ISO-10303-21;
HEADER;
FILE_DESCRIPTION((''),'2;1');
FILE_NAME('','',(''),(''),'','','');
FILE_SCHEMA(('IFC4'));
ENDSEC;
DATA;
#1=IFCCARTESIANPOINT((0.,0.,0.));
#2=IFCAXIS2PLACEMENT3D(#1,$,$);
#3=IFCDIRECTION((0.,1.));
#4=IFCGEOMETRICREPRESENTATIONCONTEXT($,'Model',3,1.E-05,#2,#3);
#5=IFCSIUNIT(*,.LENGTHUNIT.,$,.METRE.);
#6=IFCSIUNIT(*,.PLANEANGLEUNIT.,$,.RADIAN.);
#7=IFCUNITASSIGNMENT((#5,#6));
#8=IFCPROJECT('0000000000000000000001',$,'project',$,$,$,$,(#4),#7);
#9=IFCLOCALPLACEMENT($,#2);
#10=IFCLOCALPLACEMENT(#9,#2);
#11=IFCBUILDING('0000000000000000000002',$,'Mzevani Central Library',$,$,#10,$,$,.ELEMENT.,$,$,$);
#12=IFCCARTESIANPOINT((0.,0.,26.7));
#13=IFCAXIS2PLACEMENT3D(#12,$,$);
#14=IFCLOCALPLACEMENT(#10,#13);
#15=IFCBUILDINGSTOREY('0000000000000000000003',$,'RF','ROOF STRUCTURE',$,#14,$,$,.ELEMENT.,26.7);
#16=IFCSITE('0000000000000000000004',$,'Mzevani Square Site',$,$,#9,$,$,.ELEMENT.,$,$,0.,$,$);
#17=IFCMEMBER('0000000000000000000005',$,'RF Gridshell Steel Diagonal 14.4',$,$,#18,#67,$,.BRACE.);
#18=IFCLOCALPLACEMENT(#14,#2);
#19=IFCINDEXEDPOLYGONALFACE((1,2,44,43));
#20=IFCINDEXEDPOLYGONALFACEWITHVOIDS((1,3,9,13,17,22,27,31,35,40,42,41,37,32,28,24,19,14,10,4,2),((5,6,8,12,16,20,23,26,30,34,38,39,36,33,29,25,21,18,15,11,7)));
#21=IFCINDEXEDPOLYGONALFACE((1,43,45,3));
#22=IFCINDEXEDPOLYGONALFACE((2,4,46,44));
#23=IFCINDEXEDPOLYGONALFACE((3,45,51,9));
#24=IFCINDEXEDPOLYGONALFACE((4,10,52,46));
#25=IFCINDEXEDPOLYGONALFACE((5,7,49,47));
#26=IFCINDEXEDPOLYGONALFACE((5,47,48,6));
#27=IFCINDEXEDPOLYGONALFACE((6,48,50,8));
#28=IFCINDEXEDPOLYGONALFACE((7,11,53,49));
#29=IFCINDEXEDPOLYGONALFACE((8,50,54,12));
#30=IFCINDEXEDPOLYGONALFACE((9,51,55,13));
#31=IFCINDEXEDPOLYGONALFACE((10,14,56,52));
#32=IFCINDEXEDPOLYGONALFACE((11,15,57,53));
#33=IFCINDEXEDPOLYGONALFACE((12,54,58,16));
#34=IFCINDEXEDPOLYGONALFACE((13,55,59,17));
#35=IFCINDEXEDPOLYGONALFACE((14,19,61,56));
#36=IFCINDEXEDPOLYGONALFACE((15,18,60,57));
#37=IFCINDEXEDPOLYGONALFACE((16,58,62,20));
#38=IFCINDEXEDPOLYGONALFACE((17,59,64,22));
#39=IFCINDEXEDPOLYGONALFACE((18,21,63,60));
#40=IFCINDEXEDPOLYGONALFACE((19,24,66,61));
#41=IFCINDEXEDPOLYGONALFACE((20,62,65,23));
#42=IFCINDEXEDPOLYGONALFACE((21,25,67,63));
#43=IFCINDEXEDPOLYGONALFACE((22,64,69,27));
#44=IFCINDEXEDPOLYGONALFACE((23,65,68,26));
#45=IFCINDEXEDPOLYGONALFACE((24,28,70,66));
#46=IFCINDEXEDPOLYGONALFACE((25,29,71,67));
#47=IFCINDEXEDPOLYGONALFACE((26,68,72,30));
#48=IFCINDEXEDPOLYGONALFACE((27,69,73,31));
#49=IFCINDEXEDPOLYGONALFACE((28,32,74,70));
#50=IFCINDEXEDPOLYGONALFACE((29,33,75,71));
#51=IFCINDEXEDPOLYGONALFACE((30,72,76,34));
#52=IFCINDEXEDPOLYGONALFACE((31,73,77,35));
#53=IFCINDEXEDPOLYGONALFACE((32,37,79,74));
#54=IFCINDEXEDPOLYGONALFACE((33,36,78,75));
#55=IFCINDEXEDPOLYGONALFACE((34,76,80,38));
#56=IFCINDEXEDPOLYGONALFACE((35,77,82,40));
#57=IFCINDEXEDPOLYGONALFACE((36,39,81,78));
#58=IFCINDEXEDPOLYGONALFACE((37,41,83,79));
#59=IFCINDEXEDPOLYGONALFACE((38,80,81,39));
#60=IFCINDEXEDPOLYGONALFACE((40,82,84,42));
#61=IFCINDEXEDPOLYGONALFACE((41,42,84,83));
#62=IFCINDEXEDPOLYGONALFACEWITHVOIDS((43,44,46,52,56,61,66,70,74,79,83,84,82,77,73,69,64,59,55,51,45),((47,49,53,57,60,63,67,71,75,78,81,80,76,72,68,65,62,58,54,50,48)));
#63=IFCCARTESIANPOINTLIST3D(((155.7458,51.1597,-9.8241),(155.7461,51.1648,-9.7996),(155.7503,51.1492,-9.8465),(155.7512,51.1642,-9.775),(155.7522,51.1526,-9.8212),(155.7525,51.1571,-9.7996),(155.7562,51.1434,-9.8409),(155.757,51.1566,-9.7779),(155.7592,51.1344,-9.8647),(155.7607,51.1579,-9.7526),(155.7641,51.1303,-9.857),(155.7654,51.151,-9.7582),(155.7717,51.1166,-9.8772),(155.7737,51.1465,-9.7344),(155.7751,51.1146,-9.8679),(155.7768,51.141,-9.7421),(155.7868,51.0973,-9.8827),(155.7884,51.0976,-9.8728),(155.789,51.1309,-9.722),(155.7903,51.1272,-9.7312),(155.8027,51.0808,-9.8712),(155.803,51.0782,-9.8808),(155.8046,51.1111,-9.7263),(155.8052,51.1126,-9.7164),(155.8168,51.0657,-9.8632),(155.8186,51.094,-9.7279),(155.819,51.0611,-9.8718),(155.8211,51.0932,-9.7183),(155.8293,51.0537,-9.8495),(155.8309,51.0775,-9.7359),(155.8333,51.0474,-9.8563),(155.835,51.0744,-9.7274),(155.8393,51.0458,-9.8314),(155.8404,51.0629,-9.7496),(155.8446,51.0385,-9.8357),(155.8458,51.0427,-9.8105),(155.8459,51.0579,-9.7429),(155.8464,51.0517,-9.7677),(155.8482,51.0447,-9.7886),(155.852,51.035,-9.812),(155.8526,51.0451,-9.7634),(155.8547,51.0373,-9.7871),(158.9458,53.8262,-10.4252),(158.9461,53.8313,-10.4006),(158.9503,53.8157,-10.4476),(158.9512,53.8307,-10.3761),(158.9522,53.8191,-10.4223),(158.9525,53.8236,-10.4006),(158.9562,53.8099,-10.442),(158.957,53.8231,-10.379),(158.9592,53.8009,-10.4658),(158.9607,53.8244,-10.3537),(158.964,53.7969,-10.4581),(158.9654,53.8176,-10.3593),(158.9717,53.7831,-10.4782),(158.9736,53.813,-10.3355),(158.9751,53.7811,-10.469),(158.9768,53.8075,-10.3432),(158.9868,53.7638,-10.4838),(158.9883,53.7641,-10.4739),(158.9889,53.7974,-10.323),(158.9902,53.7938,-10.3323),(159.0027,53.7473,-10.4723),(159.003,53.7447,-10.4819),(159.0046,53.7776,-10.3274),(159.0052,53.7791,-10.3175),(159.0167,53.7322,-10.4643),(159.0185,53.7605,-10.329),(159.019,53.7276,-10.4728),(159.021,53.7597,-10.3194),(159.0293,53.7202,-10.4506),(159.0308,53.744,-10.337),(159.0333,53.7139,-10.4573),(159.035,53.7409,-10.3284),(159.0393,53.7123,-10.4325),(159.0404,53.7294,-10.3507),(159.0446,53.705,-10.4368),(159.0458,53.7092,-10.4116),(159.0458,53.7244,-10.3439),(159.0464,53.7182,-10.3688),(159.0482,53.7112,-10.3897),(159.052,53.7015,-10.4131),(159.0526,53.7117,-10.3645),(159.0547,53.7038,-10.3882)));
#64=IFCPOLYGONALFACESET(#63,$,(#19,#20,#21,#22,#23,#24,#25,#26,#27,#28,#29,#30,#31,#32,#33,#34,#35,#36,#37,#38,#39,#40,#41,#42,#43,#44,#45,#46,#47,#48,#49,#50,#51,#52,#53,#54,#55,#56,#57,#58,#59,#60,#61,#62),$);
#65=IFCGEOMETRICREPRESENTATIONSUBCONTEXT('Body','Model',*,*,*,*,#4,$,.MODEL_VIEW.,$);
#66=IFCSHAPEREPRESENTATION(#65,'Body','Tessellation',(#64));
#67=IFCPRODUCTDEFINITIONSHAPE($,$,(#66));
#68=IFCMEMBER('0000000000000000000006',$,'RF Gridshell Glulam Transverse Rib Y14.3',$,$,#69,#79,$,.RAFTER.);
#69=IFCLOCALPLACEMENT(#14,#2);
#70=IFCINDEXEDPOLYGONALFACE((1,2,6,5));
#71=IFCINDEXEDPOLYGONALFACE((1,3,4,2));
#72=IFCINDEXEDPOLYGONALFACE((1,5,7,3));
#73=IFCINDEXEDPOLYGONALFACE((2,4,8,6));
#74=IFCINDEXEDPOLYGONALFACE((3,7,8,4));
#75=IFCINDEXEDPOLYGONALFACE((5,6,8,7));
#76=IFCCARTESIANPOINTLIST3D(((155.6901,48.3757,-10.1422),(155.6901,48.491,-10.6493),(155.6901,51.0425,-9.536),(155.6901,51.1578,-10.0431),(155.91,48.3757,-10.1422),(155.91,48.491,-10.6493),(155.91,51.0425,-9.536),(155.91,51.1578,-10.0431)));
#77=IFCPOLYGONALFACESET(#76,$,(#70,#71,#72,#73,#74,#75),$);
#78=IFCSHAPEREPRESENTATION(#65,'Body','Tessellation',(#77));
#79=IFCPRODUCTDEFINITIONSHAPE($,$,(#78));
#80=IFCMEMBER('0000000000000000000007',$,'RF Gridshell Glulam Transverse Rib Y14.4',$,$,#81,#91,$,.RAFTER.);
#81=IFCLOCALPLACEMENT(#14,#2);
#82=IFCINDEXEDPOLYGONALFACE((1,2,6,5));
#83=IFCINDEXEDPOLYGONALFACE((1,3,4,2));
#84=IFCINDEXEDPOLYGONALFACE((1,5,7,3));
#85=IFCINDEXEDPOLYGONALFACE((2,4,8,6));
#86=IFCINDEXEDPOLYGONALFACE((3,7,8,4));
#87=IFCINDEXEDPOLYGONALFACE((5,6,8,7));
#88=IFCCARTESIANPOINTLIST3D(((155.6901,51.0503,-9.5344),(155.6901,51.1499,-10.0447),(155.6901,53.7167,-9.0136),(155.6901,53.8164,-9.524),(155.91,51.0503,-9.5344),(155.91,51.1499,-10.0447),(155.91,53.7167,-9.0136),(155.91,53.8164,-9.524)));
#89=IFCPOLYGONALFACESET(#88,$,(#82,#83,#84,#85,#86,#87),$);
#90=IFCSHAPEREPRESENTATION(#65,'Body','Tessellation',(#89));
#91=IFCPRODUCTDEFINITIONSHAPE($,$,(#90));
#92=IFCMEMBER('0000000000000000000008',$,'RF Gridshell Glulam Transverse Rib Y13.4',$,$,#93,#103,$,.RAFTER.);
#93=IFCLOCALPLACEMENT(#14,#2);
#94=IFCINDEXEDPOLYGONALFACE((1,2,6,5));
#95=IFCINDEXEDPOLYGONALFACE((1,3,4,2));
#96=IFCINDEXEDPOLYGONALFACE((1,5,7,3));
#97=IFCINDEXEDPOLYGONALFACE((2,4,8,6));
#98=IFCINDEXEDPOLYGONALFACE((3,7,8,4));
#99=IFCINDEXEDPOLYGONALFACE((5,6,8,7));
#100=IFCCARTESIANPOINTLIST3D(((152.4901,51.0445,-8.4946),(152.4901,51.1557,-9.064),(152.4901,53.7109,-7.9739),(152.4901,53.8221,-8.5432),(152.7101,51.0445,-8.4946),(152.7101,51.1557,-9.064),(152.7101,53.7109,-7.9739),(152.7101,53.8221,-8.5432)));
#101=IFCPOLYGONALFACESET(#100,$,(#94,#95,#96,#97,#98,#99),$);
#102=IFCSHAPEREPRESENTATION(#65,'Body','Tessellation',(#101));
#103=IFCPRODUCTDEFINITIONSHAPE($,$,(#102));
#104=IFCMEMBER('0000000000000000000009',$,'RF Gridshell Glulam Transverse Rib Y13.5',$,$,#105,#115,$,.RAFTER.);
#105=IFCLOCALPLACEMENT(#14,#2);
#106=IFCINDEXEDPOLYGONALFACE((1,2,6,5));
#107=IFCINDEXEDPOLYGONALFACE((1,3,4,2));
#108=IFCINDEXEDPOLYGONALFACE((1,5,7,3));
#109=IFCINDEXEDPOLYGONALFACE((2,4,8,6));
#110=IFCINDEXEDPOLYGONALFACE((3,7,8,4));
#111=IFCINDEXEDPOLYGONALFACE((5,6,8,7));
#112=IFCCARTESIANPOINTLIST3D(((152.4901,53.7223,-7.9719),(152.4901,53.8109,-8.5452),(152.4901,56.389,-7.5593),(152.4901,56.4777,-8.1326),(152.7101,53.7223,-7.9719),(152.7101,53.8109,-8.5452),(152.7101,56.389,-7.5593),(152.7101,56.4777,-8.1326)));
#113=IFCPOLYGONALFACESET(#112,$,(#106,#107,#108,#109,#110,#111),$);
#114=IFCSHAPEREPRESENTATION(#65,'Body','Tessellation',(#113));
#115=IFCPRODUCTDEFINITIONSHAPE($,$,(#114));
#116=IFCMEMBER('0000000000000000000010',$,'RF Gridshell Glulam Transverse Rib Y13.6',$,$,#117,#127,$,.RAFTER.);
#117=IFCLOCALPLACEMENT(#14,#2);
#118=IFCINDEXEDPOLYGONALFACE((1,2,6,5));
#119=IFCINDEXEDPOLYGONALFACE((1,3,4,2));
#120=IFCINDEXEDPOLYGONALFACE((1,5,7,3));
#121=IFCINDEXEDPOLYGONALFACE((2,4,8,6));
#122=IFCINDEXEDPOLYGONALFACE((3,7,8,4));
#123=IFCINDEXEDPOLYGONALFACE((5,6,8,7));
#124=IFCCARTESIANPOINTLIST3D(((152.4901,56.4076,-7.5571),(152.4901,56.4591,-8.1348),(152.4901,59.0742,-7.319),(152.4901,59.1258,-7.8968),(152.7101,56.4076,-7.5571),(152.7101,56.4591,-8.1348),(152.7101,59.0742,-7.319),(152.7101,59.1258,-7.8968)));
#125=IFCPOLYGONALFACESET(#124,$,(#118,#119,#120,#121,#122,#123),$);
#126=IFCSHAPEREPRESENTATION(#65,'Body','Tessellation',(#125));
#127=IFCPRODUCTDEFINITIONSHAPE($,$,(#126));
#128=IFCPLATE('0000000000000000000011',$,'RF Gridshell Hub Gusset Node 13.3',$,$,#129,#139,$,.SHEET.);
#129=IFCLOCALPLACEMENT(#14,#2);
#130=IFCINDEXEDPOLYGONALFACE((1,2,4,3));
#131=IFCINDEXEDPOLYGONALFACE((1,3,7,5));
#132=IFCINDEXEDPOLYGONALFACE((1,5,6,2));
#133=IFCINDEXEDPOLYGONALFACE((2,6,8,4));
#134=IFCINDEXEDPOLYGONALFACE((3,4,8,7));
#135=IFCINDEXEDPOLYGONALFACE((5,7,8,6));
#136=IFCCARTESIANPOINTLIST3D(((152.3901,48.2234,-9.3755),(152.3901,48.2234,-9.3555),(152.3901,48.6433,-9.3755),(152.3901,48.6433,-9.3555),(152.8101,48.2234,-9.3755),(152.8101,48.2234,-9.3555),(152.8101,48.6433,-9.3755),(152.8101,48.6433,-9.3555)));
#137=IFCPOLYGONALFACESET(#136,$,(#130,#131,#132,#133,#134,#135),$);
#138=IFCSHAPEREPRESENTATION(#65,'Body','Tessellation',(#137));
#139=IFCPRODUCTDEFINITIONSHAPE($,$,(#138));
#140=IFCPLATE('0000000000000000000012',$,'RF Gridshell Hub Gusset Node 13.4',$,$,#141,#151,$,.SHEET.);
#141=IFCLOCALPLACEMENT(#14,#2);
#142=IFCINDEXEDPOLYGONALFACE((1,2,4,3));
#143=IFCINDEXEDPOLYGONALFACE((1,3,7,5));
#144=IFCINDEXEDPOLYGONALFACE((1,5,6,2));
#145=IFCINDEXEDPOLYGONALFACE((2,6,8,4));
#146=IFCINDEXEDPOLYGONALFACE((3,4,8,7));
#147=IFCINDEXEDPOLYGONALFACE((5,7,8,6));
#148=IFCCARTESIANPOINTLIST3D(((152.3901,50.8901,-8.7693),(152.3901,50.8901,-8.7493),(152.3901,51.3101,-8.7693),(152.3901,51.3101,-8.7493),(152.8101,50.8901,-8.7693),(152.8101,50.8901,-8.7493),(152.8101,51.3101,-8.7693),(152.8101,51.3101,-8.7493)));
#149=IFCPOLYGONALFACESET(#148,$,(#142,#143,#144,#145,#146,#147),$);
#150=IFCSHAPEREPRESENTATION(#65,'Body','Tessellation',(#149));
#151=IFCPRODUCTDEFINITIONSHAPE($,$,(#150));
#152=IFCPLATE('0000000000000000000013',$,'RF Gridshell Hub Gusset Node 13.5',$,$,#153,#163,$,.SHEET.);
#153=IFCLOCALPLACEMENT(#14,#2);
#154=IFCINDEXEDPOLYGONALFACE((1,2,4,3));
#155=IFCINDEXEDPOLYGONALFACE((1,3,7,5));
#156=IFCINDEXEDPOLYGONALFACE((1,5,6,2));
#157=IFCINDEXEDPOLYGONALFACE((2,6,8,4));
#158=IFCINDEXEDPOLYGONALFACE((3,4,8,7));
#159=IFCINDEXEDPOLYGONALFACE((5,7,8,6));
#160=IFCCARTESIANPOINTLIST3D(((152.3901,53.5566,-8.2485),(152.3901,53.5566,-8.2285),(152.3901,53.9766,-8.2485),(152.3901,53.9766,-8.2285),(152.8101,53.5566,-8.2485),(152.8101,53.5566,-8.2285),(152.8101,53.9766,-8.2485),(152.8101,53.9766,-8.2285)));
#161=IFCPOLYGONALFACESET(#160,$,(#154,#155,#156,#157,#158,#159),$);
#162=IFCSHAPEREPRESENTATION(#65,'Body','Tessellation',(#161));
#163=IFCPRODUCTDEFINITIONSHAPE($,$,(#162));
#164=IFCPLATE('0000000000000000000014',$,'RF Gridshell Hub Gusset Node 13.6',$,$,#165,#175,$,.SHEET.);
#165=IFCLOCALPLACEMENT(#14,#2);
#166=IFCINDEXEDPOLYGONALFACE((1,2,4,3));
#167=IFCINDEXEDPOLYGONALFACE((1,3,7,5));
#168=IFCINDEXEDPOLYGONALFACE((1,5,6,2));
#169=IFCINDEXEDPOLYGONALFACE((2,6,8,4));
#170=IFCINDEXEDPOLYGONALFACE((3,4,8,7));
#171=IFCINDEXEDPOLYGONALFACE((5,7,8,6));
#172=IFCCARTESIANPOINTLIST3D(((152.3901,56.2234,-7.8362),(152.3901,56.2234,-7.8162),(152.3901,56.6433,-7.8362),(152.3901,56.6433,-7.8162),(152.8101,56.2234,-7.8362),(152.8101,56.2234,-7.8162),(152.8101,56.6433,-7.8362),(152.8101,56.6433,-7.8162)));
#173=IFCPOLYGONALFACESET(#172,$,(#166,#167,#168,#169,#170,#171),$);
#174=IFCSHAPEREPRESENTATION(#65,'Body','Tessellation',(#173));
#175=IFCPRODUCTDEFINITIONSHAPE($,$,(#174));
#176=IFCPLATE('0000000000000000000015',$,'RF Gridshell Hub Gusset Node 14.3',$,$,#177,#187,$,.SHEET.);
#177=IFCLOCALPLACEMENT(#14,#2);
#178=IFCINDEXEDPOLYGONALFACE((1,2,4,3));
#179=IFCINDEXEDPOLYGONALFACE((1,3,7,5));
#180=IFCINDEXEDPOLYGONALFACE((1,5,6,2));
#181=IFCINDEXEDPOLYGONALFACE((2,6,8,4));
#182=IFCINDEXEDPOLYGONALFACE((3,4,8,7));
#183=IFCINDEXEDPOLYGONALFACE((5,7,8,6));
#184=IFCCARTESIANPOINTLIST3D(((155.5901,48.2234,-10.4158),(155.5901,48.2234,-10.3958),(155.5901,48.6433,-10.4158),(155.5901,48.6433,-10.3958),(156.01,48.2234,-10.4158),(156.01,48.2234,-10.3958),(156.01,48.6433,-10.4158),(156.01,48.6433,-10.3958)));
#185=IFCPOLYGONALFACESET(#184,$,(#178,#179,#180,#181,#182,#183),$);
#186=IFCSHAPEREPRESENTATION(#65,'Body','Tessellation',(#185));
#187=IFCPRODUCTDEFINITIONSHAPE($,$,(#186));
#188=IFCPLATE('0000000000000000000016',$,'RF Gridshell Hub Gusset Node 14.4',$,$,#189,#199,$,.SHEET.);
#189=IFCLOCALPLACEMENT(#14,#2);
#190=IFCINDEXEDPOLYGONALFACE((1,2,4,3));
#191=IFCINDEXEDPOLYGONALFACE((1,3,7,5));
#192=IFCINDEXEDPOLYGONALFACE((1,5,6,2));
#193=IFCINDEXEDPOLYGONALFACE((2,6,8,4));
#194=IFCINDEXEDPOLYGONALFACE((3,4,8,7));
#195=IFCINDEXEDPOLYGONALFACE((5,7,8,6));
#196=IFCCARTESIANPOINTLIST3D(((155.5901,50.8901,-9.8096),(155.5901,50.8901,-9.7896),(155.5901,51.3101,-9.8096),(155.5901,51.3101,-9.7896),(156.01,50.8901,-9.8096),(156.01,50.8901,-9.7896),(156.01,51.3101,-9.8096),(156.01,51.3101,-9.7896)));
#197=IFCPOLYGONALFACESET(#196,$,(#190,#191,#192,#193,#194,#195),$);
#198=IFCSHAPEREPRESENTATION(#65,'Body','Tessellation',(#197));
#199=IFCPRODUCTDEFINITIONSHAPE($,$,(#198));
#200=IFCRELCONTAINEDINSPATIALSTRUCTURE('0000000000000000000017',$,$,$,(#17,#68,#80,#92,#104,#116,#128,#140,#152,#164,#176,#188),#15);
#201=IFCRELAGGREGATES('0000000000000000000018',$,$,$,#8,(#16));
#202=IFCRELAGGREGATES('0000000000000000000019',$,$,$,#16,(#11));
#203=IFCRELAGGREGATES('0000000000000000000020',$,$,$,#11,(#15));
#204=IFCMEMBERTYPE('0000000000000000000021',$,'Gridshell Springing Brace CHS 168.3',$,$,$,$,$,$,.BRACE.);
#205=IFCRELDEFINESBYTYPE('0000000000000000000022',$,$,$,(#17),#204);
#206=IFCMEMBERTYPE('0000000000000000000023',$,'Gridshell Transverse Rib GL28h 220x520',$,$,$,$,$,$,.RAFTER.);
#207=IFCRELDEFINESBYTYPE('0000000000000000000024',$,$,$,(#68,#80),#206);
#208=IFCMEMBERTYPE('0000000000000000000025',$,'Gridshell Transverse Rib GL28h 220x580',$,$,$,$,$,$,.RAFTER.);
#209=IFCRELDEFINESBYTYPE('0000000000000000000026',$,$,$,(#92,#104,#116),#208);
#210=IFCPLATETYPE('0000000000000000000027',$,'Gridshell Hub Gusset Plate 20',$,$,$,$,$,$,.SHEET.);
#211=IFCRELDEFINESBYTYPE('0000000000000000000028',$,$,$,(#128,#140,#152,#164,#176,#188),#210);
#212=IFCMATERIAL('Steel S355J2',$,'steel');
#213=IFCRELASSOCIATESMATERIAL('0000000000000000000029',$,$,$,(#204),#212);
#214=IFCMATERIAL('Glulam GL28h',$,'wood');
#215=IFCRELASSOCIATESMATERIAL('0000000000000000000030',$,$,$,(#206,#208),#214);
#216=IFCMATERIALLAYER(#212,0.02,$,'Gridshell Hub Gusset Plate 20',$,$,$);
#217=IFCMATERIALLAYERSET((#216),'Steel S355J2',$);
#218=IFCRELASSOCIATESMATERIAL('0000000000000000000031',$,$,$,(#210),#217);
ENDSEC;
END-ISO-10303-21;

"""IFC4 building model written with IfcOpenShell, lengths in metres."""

from ifc_helpers import new_model, si_unit, direction, frame, origin, origin_2d, place, context, subcontext, project, spatial, rectangle, hollow_circle, extrude, material, layer, layer_set, material_profile, profile_set, type_object, element, save


model = new_model("IFC4")

# Units and contexts
model_context = context("Model", 3, precision=1e-05, world=origin(), true_north=direction((0.0, 1.0)))
body_context = subcontext(model_context, "Body", "Model", "MODEL_VIEW")
ifc_project = project(units=[si_unit("LENGTHUNIT", "METRE"), si_unit("PLANEANGLEUNIT", "RADIAN")], contexts=[model_context])

# Site, building, storey
site_placement = place(None, origin())
site = spatial("IfcSite", under=ifc_project, at=site_placement, Name="Mzevani Square Site", CompositionType="ELEMENT", RefElevation=0.0)
building_placement = place(site_placement, origin())
building = spatial("IfcBuilding", under=site, at=building_placement, Name="Mzevani Central Library", CompositionType="ELEMENT")
storey_placement = place(building_placement, frame((0.0, 0.0, 26.7)))
storey = spatial("IfcBuildingStorey", under=building, at=storey_placement, Name="RF", Description="ROOF STRUCTURE", CompositionType="ELEMENT", Elevation=26.7)

# Members
ifc_material_1 = material(Name="Steel S355J2", Category="steel")
ifc_material_2 = material(Name="Glulam GL28h", Category="wood")
ifc_material_profile_1 = material_profile(ifc_material_1, hollow_circle(Radius=0.0842, WallThickness=0.01, at=origin_2d()), Name="CHS 168.3x10.0")
ifc_profile_set_1 = profile_set([ifc_material_profile_1], Name="Steel S355J2")
member_type_1 = type_object("IfcMemberType", Name="Gridshell Springing Brace CHS 168.3", PredefinedType="BRACE", material=ifc_profile_set_1)
member_1_placement = place(storey_placement, frame((155.8, 51.1001, -9.7996), z_axis=(0.76036, 0.633604, -0.142825), x_axis=(-0.640167, 0.768236, 0.0)))
element("IfcMember", 1, at=member_1_placement, inside=storey, type_object=member_type_1, Name="RF Gridshell Steel Diagonal 14.4", PredefinedType="BRACE", context=body_context, shape_type="SweptSolid", body=[
    extrude(hollow_circle(Radius=0.0842, WallThickness=0.01, at=origin_2d()), origin(), (0.0, 0.0, 1.0), 4.2085),
])
ifc_material_profile_2 = material_profile(ifc_material_2, rectangle(XDim=0.22, YDim=0.52, at=origin_2d()), Name="GL28h 220x520")
ifc_profile_set_2 = profile_set([ifc_material_profile_2], Name="Glulam GL28h")
member_type_2 = type_object("IfcMemberType", Name="Gridshell Transverse Rib GL28h 220x520", PredefinedType="RAFTER", material=ifc_profile_set_2)
member_2_placement = place(storey_placement, frame((155.8, 48.4333, -10.3958), z_axis=(0.0, 0.975123, 0.221664), x_axis=(-1.0, 0.0, 0.0)))
element("IfcMember", 2, at=member_2_placement, inside=storey, type_object=member_type_2, Name="RF Gridshell Glulam Transverse Rib Y14.3", PredefinedType="RAFTER", context=body_context, shape_type="SweptSolid", body=[
    extrude(rectangle(XDim=0.22, YDim=0.52, at=origin_2d()), origin(), (0.0, 0.0, 1.0), 2.7349),
])
member_3_placement = place(storey_placement, frame((155.8, 51.1001, -9.7896), z_axis=(0.0, 0.981459, 0.191673), x_axis=(-1.0, 0.0, 0.0)))
element("IfcMember", 3, at=member_3_placement, inside=storey, type_object=member_type_2, Name="RF Gridshell Glulam Transverse Rib Y14.4", PredefinedType="RAFTER", context=body_context, shape_type="SweptSolid", body=[
    extrude(rectangle(XDim=0.22, YDim=0.52, at=origin_2d()), origin(), (0.0, 0.0, 1.0), 2.7168),
])
ifc_material_profile_3 = material_profile(ifc_material_2, rectangle(XDim=0.22, YDim=0.5801, at=origin_2d()), Name="GL28h 220x580")
ifc_profile_set_3 = profile_set([ifc_material_profile_3], Name="Glulam GL28h")
member_type_3 = type_object("IfcMemberType", Name="Gridshell Transverse Rib GL28h 220x580", PredefinedType="RAFTER", material=ifc_profile_set_3)
member_4_placement = place(storey_placement, frame((152.6001, 51.1001, -8.7793), z_axis=(0.0, 0.981459, 0.191673), x_axis=(-1.0, 0.0, 0.0)))
element("IfcMember", 4, at=member_4_placement, inside=storey, type_object=member_type_3, Name="RF Gridshell Glulam Transverse Rib Y13.4", PredefinedType="RAFTER", context=body_context, shape_type="SweptSolid", body=[
    extrude(rectangle(XDim=0.22, YDim=0.5801, at=origin_2d()), origin(), (0.0, 0.0, 1.0), 2.7168),
])
member_5_placement = place(storey_placement, frame((152.6001, 53.7666, -8.2585), z_axis=(0.0, 0.988242, 0.1529), x_axis=(-1.0, 0.0, 0.0)))
element("IfcMember", 5, at=member_5_placement, inside=storey, type_object=member_type_3, Name="RF Gridshell Glulam Transverse Rib Y13.5", PredefinedType="RAFTER", context=body_context, shape_type="SweptSolid", body=[
    extrude(rectangle(XDim=0.22, YDim=0.5801, at=origin_2d()), origin(), (0.0, 0.0, 1.0), 2.6985),
])
member_6_placement = place(storey_placement, frame((152.6001, 56.4333, -7.8459), z_axis=(0.0, 0.99604, 0.088908), x_axis=(-1.0, 0.0, 0.0)))
element("IfcMember", 6, at=member_6_placement, inside=storey, type_object=member_type_3, Name="RF Gridshell Glulam Transverse Rib Y13.6", PredefinedType="RAFTER", context=body_context, shape_type="SweptSolid", body=[
    extrude(rectangle(XDim=0.22, YDim=0.5801, at=origin_2d()), origin(), (0.0, 0.0, 1.0), 2.6772),
])

# Plates
ifc_layer_1 = layer(ifc_material_1, 0.02, Name="Gridshell Hub Gusset Plate 20")
ifc_layer_set_1 = layer_set([ifc_layer_1], Name="Steel S355J2")
plate_type = type_object("IfcPlateType", Name="Gridshell Hub Gusset Plate 20", PredefinedType="SHEET", material=ifc_layer_set_1)
for number, where, z_axis, x_axis, name in (
    (7, (152.6001, 48.4333, -9.3755), (0.0, 0.0, 1.0), (1.0, 0.0, 0.0), "RF Gridshell Hub Gusset Node 13.3"),
    (8, (152.6001, 51.1001, -8.7693), (0.0, 0.0, 1.0), (1.0, 0.0, 0.0), "RF Gridshell Hub Gusset Node 13.4"),
    (9, (152.6001, 53.7666, -8.2485), (0.0, 0.0, 1.0), (1.0, 0.0, 0.0), "RF Gridshell Hub Gusset Node 13.5"),
    (10, (152.6001, 56.4333, -7.8362), (0.0, 0.0, 1.0), (1.0, 0.0, 0.0), "RF Gridshell Hub Gusset Node 13.6"),
    (11, (155.8, 48.4333, -10.4158), (0.0, 0.0, 1.0), (1.0, 0.0, 0.0), "RF Gridshell Hub Gusset Node 14.3"),
    (12, (155.8, 51.1001, -9.8096), (0.0, 0.0, 1.0), (1.0, 0.0, 0.0), "RF Gridshell Hub Gusset Node 14.4"),
):
    element("IfcPlate", number, at=place(storey_placement, frame(where, z_axis=z_axis, x_axis=x_axis)), inside=storey, type_object=plate_type, Name=name, PredefinedType="SHEET", context=body_context, shape_type="SweptSolid", body=[
        extrude(rectangle(XDim=0.4199, YDim=0.4199, at=origin_2d()), origin(), (0.0, 0.0, 1.0), 0.02),
    ])

save(model, "model.ifc")
